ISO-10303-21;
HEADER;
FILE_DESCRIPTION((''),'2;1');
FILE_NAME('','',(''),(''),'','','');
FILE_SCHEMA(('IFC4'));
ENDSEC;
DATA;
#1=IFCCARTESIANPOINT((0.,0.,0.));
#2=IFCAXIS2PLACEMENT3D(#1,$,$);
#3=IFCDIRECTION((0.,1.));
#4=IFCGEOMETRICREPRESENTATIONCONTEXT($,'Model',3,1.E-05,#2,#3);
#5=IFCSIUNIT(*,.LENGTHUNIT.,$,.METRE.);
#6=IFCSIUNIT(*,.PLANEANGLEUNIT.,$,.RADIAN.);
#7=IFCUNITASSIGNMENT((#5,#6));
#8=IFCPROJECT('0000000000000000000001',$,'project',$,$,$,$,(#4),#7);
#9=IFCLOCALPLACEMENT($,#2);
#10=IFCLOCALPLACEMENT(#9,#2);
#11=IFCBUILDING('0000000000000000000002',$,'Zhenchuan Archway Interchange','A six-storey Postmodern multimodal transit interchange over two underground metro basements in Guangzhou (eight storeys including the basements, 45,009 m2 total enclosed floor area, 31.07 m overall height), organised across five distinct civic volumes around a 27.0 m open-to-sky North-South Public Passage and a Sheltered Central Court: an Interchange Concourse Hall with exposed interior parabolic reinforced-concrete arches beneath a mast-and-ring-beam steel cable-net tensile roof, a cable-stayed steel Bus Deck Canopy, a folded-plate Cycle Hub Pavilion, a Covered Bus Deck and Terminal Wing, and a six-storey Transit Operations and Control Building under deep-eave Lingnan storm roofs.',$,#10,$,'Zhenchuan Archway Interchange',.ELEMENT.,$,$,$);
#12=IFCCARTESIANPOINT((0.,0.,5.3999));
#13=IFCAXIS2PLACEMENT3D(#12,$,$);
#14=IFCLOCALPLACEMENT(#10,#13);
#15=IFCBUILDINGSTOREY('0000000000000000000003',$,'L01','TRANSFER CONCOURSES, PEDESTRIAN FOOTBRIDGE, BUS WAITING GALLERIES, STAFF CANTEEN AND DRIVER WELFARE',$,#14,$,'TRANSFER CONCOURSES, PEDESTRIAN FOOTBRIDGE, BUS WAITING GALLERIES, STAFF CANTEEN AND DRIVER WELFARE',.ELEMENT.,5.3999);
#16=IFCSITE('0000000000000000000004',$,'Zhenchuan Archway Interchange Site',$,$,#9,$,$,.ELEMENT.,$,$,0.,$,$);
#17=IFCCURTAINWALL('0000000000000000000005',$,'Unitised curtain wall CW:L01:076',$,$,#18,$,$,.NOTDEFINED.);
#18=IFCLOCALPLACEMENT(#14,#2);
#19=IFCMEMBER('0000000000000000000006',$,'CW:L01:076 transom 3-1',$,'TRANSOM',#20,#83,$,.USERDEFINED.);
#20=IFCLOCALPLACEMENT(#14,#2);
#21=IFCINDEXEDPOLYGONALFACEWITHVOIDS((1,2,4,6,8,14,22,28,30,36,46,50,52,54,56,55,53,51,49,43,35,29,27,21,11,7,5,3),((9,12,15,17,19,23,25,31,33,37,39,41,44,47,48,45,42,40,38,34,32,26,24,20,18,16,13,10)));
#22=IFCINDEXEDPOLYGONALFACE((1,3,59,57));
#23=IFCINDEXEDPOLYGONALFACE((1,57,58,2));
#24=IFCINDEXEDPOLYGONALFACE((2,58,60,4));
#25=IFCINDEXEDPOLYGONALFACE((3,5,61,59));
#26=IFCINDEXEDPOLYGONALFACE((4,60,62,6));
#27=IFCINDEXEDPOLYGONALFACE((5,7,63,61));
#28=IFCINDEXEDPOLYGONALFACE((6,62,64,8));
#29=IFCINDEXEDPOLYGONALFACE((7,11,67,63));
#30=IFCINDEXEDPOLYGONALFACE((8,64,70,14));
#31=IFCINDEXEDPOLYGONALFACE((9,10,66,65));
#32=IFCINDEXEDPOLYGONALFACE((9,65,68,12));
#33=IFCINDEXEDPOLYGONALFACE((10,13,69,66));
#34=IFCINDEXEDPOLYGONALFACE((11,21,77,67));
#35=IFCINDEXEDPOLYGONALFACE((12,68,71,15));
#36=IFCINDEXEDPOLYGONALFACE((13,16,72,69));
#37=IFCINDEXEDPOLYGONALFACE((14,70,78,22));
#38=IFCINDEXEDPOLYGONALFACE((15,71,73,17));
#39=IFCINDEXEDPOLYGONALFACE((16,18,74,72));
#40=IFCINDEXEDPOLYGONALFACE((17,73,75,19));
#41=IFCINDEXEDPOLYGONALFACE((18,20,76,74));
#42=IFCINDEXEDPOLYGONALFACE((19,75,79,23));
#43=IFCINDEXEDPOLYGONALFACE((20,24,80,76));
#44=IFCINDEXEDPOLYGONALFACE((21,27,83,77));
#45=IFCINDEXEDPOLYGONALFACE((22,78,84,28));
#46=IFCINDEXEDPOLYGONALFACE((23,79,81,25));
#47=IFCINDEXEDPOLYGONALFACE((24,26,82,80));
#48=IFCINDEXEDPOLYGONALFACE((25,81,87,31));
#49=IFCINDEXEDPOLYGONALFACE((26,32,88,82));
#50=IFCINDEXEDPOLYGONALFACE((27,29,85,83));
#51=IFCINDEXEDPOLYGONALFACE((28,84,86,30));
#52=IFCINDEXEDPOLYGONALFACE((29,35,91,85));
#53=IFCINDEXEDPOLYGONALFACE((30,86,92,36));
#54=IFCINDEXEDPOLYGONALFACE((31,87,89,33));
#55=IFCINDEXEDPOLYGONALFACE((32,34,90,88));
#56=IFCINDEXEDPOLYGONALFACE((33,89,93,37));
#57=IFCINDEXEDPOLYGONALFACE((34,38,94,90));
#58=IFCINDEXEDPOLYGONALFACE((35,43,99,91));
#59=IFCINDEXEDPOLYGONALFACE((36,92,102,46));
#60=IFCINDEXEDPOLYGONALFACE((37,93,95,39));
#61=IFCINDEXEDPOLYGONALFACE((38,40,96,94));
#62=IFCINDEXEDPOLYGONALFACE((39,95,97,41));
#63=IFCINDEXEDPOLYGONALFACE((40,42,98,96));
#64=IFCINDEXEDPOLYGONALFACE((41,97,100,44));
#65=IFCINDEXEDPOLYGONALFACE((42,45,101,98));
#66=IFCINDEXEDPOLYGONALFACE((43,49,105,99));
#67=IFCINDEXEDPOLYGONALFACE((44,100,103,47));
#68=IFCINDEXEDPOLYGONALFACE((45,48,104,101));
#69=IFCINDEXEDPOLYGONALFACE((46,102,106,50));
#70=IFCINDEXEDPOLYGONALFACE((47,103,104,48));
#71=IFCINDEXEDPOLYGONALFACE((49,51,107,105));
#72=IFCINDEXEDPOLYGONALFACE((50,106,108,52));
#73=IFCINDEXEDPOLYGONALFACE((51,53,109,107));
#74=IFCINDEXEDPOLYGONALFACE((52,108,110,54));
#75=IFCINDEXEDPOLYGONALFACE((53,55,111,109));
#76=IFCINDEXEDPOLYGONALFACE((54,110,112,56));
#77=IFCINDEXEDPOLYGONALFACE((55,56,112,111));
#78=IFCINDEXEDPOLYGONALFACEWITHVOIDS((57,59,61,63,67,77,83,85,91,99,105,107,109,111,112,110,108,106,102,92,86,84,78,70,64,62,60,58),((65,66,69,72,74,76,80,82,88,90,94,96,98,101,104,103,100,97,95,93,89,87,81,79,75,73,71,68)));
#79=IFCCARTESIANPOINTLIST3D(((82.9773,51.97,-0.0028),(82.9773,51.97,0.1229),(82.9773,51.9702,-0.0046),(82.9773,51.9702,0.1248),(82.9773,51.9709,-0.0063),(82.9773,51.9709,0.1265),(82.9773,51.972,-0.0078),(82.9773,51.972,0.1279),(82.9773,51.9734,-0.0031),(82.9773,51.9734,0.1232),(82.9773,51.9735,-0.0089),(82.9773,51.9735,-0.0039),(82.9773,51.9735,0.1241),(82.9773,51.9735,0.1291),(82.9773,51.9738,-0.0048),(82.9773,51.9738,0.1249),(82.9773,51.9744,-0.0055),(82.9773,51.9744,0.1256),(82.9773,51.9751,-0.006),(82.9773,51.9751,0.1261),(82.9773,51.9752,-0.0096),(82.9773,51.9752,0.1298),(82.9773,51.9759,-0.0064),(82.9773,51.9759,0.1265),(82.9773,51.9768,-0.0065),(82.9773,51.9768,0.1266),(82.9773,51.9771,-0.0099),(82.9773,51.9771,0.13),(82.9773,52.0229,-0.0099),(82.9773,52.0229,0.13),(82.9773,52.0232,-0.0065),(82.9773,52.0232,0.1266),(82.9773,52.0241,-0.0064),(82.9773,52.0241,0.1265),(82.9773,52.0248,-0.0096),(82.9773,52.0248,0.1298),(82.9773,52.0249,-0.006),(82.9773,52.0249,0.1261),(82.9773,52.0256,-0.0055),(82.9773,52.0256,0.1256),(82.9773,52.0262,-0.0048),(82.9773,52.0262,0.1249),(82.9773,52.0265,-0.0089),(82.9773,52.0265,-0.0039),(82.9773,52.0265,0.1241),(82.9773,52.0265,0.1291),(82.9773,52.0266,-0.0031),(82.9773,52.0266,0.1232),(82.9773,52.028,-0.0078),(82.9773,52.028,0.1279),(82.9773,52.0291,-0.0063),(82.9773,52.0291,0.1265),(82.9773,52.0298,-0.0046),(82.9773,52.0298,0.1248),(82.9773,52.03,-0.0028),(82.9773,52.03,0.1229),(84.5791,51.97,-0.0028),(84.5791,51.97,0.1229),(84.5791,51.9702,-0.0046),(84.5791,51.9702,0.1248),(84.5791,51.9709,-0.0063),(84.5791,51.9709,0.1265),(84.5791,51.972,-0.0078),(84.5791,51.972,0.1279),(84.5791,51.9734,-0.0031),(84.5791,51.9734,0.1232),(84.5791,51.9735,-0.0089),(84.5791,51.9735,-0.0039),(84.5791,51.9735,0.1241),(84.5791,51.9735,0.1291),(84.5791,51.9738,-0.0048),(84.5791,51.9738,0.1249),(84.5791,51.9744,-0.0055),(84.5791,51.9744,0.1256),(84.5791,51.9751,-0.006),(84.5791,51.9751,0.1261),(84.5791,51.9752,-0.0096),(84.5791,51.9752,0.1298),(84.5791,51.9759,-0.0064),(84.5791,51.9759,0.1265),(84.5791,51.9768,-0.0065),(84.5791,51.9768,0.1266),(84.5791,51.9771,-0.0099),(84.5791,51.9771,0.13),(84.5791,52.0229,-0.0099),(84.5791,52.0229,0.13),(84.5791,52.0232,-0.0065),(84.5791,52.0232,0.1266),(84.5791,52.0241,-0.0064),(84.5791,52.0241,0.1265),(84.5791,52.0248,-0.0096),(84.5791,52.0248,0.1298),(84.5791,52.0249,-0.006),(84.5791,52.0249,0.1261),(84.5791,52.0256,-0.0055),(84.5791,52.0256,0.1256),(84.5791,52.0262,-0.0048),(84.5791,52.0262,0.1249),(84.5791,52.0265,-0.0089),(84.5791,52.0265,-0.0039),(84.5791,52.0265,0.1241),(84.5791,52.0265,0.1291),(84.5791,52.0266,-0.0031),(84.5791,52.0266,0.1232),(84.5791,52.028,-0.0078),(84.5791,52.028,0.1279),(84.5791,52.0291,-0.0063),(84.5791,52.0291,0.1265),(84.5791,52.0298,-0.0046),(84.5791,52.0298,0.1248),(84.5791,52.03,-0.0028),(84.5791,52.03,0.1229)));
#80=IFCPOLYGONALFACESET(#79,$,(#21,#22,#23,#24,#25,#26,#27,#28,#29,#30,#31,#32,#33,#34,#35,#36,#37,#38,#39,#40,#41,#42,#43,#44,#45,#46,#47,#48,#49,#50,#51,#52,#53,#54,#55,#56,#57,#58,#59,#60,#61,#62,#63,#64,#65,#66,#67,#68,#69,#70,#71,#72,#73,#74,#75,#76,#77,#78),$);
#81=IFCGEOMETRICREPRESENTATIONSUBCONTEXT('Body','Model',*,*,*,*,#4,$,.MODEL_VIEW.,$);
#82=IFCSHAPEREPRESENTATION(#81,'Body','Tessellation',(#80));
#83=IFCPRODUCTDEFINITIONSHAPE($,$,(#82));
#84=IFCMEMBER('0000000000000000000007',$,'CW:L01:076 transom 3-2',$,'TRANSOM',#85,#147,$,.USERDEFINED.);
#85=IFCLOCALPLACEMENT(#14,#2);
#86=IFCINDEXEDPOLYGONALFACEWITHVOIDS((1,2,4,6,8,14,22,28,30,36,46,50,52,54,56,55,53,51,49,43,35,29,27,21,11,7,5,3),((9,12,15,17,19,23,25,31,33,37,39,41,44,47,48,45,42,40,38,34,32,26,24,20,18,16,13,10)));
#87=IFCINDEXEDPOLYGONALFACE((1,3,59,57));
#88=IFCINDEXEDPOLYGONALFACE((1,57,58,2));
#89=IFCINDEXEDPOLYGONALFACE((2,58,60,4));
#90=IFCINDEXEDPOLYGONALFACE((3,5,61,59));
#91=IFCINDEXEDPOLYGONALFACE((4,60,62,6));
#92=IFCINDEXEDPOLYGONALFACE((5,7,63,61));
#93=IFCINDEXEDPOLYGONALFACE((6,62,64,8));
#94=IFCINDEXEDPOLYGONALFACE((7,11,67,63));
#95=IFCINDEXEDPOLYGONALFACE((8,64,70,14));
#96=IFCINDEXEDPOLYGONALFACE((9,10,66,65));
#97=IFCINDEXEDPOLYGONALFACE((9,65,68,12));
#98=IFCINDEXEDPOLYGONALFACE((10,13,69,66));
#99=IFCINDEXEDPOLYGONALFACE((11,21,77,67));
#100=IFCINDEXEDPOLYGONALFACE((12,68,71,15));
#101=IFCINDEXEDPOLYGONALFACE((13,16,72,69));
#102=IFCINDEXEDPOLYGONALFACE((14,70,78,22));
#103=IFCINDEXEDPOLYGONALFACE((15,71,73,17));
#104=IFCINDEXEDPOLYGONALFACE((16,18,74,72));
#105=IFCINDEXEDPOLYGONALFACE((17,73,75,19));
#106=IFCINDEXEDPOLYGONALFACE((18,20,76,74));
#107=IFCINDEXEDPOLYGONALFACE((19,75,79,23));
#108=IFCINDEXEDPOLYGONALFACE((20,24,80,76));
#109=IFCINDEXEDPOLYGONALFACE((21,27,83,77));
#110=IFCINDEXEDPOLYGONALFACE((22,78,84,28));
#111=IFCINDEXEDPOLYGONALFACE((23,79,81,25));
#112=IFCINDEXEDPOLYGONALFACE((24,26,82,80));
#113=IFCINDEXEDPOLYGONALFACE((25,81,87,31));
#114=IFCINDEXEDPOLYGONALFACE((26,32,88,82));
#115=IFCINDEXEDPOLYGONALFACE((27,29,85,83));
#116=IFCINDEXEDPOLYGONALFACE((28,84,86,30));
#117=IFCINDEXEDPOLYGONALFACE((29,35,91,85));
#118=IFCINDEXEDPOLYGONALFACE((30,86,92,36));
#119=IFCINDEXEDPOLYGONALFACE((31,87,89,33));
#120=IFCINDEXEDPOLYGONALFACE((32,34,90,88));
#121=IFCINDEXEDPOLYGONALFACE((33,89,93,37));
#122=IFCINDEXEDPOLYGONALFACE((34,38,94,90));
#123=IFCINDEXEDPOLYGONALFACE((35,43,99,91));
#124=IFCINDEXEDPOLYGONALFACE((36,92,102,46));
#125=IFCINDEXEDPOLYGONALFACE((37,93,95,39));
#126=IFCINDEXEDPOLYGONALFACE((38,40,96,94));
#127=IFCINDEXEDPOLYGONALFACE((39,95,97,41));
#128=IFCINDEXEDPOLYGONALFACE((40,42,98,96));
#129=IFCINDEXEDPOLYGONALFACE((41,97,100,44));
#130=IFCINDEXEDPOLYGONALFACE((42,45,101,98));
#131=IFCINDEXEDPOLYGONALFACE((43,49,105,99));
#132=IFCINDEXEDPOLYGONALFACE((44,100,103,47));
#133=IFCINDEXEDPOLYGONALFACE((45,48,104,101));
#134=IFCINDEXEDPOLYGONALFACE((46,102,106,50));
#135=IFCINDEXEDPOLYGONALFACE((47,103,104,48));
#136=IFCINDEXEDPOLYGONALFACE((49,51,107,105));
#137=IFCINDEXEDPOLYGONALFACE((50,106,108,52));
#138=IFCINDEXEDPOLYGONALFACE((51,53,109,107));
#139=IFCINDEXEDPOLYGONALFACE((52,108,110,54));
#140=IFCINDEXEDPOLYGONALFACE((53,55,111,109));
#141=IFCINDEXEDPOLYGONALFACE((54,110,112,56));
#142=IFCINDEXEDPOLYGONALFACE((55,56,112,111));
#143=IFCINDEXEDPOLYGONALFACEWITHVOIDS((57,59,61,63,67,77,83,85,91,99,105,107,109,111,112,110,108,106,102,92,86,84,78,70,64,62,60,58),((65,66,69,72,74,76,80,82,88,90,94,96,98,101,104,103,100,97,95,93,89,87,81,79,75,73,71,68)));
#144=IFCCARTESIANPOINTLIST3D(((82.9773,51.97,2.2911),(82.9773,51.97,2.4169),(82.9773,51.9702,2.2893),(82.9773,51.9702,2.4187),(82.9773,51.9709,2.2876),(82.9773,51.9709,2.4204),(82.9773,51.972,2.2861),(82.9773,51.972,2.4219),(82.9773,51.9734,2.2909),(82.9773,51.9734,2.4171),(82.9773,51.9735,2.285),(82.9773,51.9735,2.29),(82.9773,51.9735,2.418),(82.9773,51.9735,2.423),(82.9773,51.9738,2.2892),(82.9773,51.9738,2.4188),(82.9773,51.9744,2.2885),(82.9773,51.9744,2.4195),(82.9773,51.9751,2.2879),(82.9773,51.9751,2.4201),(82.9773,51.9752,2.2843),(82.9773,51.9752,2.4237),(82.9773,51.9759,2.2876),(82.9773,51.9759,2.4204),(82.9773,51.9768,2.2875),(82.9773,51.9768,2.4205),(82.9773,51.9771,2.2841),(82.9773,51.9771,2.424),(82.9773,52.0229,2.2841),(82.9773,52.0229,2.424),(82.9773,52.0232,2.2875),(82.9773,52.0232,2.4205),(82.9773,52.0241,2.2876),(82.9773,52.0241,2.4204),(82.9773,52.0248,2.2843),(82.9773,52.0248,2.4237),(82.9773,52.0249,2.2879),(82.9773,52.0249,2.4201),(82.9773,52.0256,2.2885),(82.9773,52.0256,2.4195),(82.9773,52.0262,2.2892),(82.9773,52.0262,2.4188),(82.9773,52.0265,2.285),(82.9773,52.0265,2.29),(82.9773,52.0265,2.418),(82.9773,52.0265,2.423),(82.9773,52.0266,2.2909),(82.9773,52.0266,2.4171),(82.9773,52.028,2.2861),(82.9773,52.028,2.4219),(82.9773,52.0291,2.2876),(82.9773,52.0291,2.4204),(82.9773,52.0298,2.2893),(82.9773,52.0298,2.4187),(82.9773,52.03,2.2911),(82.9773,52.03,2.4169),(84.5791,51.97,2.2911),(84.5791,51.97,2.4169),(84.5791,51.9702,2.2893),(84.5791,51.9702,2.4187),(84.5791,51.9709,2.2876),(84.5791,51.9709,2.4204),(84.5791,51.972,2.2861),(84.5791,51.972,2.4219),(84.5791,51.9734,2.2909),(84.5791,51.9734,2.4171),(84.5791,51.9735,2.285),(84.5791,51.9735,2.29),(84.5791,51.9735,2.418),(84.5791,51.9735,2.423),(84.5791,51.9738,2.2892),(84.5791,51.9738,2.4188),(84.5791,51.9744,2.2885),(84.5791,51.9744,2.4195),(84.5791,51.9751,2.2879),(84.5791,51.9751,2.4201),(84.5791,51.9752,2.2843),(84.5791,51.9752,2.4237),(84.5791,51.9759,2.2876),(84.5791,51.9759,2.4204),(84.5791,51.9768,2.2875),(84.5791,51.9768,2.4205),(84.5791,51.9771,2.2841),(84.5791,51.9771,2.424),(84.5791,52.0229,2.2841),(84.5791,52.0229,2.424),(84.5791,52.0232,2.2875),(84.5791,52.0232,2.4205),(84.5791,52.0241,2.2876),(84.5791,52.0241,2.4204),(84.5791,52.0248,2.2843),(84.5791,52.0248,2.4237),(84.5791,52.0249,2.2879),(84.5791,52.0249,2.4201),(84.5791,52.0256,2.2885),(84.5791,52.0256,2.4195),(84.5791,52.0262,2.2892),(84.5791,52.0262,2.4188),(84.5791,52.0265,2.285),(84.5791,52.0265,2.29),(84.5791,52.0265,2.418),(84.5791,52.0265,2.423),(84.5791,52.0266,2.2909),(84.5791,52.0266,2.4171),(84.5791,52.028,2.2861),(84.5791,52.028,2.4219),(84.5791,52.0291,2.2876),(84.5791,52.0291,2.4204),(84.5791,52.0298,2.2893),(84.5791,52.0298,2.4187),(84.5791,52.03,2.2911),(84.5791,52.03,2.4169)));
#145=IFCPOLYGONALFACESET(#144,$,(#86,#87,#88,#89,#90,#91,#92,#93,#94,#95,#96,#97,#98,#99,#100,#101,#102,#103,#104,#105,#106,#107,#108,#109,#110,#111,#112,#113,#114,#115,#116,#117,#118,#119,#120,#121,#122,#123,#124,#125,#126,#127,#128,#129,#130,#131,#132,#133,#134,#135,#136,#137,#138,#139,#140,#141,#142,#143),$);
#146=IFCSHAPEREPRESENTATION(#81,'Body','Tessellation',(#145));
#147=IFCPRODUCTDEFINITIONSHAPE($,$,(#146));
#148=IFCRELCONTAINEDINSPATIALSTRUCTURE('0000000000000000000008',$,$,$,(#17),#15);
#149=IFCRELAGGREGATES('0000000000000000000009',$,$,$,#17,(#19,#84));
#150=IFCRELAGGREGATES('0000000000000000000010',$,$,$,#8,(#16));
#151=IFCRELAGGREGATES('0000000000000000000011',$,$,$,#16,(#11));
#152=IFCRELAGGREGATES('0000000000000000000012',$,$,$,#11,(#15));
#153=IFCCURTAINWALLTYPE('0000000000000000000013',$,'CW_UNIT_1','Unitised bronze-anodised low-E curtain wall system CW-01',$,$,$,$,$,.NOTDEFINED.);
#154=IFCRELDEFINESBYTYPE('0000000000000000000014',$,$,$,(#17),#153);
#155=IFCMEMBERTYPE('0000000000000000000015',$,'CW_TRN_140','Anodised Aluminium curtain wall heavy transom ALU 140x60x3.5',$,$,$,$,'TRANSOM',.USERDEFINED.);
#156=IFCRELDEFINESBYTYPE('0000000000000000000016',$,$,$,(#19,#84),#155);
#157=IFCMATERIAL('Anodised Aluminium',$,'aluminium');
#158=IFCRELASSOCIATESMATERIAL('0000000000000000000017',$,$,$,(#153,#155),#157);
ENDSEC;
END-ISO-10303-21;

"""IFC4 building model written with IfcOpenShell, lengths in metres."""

from ifc_helpers import new_model, si_unit, direction, frame, origin, origin_2d, place, context, subcontext, project, spatial, hollow_rectangle, extrude, material, material_profile, profile_set, type_object, element, aggregate, save


model = new_model("IFC4")

# Units and contexts
model_context = context("Model", 3, precision=1e-05, world=origin(), true_north=direction((0.0, 1.0)))
body_context = subcontext(model_context, "Body", "Model", "MODEL_VIEW")
ifc_project = project(units=[si_unit("LENGTHUNIT", "METRE"), si_unit("PLANEANGLEUNIT", "RADIAN")], contexts=[model_context])

# Site, building, storey
site_placement = place(None, origin())
site = spatial("IfcSite", under=ifc_project, at=site_placement, Name="Zhenchuan Archway Interchange Site", CompositionType="ELEMENT", RefElevation=0.0)
building_placement = place(site_placement, origin())
building = spatial("IfcBuilding", under=site, at=building_placement, Name="Zhenchuan Archway Interchange", Description="A six-storey Postmodern multimodal transit interchange over two underground metro basements in Guangzhou (eight storeys including the basements, 45,009 m2 total enclosed floor area, 31.07 m overall height), organised across five distinct civic volumes around a 27.0 m open-to-sky North-South Public Passage and a Sheltered Central Court: an Interchange Concourse Hall with exposed interior parabolic reinforced-concrete arches beneath a mast-and-ring-beam steel cable-net tensile roof, a cable-stayed steel Bus Deck Canopy, a folded-plate Cycle Hub Pavilion, a Covered Bus Deck and Terminal Wing, and a six-storey Transit Operations and Control Building under deep-eave Lingnan storm roofs.", LongName="Zhenchuan Archway Interchange", CompositionType="ELEMENT")
storey_placement = place(building_placement, frame((0.0, 0.0, 5.3999)))
storey = spatial("IfcBuildingStorey", under=building, at=storey_placement, Name="L01", Description="TRANSFER CONCOURSES, PEDESTRIAN FOOTBRIDGE, BUS WAITING GALLERIES, STAFF CANTEEN AND DRIVER WELFARE", LongName="TRANSFER CONCOURSES, PEDESTRIAN FOOTBRIDGE, BUS WAITING GALLERIES, STAFF CANTEEN AND DRIVER WELFARE", CompositionType="ELEMENT", Elevation=5.3999)

# Curtain wall
ifc_material_1 = material(Name="Anodised Aluminium", Category="aluminium")
curtain_wall_type_1 = type_object("IfcCurtainWallType", Name="CW_UNIT_1", Description="Unitised bronze-anodised low-E curtain wall system CW-01", PredefinedType="NOTDEFINED", material=ifc_material_1)
curtain_wall_1_placement = place(storey_placement, origin())
curtain_wall_1 = element("IfcCurtainWall", 1, at=curtain_wall_1_placement, inside=storey, type_object=curtain_wall_type_1, Name="Unitised curtain wall CW:L01:076", PredefinedType="NOTDEFINED")

# Members
ifc_material_profile_1 = material_profile(ifc_material_1, hollow_rectangle(XDim=0.0601, YDim=0.1399, WallThickness=0.0034, InnerFilletRadius=0.0034, OuterFilletRadius=0.0071, at=origin_2d()), Name="ALU 140x60x3.5")
ifc_profile_set_1 = profile_set([ifc_material_profile_1], Name="Anodised Aluminium")
member_type_1 = type_object("IfcMemberType", Name="CW_TRN_140", Description="Anodised Aluminium curtain wall heavy transom ALU 140x60x3.5", ElementType="TRANSOM", PredefinedType="USERDEFINED", material=ifc_profile_set_1)
member_1_placement = place(storey_placement, frame((84.5791, 52.0, 0.0601), z_axis=(-1.0, 0.0, 0.0), x_axis=(0.0, -1.0, 0.0)))
member_1 = element("IfcMember", 2, at=member_1_placement, type_object=member_type_1, Name="CW:L01:076 transom 3-1", ObjectType="TRANSOM", PredefinedType="USERDEFINED", context=body_context, shape_type="SweptSolid", body=[
    extrude(hollow_rectangle(XDim=0.0601, YDim=0.1399, WallThickness=0.0034, InnerFilletRadius=0.0034, OuterFilletRadius=0.0071, at=origin_2d()), origin(), (0.0, 0.0, 1.0), 1.6018),
])
member_2_placement = place(storey_placement, frame((84.5791, 52.0, 2.354), z_axis=(-1.0, 0.0, 0.0), x_axis=(0.0, -1.0, 0.0)))
member_2 = element("IfcMember", 3, at=member_2_placement, type_object=member_type_1, Name="CW:L01:076 transom 3-2", ObjectType="TRANSOM", PredefinedType="USERDEFINED", context=body_context, shape_type="SweptSolid", body=[
    extrude(hollow_rectangle(XDim=0.0601, YDim=0.1399, WallThickness=0.0034, InnerFilletRadius=0.0034, OuterFilletRadius=0.0071, at=origin_2d()), origin(), (0.0, 0.0, 1.0), 1.6018),
])

aggregate(curtain_wall_1, [member_1, member_2])

save(model, "model.ifc")
